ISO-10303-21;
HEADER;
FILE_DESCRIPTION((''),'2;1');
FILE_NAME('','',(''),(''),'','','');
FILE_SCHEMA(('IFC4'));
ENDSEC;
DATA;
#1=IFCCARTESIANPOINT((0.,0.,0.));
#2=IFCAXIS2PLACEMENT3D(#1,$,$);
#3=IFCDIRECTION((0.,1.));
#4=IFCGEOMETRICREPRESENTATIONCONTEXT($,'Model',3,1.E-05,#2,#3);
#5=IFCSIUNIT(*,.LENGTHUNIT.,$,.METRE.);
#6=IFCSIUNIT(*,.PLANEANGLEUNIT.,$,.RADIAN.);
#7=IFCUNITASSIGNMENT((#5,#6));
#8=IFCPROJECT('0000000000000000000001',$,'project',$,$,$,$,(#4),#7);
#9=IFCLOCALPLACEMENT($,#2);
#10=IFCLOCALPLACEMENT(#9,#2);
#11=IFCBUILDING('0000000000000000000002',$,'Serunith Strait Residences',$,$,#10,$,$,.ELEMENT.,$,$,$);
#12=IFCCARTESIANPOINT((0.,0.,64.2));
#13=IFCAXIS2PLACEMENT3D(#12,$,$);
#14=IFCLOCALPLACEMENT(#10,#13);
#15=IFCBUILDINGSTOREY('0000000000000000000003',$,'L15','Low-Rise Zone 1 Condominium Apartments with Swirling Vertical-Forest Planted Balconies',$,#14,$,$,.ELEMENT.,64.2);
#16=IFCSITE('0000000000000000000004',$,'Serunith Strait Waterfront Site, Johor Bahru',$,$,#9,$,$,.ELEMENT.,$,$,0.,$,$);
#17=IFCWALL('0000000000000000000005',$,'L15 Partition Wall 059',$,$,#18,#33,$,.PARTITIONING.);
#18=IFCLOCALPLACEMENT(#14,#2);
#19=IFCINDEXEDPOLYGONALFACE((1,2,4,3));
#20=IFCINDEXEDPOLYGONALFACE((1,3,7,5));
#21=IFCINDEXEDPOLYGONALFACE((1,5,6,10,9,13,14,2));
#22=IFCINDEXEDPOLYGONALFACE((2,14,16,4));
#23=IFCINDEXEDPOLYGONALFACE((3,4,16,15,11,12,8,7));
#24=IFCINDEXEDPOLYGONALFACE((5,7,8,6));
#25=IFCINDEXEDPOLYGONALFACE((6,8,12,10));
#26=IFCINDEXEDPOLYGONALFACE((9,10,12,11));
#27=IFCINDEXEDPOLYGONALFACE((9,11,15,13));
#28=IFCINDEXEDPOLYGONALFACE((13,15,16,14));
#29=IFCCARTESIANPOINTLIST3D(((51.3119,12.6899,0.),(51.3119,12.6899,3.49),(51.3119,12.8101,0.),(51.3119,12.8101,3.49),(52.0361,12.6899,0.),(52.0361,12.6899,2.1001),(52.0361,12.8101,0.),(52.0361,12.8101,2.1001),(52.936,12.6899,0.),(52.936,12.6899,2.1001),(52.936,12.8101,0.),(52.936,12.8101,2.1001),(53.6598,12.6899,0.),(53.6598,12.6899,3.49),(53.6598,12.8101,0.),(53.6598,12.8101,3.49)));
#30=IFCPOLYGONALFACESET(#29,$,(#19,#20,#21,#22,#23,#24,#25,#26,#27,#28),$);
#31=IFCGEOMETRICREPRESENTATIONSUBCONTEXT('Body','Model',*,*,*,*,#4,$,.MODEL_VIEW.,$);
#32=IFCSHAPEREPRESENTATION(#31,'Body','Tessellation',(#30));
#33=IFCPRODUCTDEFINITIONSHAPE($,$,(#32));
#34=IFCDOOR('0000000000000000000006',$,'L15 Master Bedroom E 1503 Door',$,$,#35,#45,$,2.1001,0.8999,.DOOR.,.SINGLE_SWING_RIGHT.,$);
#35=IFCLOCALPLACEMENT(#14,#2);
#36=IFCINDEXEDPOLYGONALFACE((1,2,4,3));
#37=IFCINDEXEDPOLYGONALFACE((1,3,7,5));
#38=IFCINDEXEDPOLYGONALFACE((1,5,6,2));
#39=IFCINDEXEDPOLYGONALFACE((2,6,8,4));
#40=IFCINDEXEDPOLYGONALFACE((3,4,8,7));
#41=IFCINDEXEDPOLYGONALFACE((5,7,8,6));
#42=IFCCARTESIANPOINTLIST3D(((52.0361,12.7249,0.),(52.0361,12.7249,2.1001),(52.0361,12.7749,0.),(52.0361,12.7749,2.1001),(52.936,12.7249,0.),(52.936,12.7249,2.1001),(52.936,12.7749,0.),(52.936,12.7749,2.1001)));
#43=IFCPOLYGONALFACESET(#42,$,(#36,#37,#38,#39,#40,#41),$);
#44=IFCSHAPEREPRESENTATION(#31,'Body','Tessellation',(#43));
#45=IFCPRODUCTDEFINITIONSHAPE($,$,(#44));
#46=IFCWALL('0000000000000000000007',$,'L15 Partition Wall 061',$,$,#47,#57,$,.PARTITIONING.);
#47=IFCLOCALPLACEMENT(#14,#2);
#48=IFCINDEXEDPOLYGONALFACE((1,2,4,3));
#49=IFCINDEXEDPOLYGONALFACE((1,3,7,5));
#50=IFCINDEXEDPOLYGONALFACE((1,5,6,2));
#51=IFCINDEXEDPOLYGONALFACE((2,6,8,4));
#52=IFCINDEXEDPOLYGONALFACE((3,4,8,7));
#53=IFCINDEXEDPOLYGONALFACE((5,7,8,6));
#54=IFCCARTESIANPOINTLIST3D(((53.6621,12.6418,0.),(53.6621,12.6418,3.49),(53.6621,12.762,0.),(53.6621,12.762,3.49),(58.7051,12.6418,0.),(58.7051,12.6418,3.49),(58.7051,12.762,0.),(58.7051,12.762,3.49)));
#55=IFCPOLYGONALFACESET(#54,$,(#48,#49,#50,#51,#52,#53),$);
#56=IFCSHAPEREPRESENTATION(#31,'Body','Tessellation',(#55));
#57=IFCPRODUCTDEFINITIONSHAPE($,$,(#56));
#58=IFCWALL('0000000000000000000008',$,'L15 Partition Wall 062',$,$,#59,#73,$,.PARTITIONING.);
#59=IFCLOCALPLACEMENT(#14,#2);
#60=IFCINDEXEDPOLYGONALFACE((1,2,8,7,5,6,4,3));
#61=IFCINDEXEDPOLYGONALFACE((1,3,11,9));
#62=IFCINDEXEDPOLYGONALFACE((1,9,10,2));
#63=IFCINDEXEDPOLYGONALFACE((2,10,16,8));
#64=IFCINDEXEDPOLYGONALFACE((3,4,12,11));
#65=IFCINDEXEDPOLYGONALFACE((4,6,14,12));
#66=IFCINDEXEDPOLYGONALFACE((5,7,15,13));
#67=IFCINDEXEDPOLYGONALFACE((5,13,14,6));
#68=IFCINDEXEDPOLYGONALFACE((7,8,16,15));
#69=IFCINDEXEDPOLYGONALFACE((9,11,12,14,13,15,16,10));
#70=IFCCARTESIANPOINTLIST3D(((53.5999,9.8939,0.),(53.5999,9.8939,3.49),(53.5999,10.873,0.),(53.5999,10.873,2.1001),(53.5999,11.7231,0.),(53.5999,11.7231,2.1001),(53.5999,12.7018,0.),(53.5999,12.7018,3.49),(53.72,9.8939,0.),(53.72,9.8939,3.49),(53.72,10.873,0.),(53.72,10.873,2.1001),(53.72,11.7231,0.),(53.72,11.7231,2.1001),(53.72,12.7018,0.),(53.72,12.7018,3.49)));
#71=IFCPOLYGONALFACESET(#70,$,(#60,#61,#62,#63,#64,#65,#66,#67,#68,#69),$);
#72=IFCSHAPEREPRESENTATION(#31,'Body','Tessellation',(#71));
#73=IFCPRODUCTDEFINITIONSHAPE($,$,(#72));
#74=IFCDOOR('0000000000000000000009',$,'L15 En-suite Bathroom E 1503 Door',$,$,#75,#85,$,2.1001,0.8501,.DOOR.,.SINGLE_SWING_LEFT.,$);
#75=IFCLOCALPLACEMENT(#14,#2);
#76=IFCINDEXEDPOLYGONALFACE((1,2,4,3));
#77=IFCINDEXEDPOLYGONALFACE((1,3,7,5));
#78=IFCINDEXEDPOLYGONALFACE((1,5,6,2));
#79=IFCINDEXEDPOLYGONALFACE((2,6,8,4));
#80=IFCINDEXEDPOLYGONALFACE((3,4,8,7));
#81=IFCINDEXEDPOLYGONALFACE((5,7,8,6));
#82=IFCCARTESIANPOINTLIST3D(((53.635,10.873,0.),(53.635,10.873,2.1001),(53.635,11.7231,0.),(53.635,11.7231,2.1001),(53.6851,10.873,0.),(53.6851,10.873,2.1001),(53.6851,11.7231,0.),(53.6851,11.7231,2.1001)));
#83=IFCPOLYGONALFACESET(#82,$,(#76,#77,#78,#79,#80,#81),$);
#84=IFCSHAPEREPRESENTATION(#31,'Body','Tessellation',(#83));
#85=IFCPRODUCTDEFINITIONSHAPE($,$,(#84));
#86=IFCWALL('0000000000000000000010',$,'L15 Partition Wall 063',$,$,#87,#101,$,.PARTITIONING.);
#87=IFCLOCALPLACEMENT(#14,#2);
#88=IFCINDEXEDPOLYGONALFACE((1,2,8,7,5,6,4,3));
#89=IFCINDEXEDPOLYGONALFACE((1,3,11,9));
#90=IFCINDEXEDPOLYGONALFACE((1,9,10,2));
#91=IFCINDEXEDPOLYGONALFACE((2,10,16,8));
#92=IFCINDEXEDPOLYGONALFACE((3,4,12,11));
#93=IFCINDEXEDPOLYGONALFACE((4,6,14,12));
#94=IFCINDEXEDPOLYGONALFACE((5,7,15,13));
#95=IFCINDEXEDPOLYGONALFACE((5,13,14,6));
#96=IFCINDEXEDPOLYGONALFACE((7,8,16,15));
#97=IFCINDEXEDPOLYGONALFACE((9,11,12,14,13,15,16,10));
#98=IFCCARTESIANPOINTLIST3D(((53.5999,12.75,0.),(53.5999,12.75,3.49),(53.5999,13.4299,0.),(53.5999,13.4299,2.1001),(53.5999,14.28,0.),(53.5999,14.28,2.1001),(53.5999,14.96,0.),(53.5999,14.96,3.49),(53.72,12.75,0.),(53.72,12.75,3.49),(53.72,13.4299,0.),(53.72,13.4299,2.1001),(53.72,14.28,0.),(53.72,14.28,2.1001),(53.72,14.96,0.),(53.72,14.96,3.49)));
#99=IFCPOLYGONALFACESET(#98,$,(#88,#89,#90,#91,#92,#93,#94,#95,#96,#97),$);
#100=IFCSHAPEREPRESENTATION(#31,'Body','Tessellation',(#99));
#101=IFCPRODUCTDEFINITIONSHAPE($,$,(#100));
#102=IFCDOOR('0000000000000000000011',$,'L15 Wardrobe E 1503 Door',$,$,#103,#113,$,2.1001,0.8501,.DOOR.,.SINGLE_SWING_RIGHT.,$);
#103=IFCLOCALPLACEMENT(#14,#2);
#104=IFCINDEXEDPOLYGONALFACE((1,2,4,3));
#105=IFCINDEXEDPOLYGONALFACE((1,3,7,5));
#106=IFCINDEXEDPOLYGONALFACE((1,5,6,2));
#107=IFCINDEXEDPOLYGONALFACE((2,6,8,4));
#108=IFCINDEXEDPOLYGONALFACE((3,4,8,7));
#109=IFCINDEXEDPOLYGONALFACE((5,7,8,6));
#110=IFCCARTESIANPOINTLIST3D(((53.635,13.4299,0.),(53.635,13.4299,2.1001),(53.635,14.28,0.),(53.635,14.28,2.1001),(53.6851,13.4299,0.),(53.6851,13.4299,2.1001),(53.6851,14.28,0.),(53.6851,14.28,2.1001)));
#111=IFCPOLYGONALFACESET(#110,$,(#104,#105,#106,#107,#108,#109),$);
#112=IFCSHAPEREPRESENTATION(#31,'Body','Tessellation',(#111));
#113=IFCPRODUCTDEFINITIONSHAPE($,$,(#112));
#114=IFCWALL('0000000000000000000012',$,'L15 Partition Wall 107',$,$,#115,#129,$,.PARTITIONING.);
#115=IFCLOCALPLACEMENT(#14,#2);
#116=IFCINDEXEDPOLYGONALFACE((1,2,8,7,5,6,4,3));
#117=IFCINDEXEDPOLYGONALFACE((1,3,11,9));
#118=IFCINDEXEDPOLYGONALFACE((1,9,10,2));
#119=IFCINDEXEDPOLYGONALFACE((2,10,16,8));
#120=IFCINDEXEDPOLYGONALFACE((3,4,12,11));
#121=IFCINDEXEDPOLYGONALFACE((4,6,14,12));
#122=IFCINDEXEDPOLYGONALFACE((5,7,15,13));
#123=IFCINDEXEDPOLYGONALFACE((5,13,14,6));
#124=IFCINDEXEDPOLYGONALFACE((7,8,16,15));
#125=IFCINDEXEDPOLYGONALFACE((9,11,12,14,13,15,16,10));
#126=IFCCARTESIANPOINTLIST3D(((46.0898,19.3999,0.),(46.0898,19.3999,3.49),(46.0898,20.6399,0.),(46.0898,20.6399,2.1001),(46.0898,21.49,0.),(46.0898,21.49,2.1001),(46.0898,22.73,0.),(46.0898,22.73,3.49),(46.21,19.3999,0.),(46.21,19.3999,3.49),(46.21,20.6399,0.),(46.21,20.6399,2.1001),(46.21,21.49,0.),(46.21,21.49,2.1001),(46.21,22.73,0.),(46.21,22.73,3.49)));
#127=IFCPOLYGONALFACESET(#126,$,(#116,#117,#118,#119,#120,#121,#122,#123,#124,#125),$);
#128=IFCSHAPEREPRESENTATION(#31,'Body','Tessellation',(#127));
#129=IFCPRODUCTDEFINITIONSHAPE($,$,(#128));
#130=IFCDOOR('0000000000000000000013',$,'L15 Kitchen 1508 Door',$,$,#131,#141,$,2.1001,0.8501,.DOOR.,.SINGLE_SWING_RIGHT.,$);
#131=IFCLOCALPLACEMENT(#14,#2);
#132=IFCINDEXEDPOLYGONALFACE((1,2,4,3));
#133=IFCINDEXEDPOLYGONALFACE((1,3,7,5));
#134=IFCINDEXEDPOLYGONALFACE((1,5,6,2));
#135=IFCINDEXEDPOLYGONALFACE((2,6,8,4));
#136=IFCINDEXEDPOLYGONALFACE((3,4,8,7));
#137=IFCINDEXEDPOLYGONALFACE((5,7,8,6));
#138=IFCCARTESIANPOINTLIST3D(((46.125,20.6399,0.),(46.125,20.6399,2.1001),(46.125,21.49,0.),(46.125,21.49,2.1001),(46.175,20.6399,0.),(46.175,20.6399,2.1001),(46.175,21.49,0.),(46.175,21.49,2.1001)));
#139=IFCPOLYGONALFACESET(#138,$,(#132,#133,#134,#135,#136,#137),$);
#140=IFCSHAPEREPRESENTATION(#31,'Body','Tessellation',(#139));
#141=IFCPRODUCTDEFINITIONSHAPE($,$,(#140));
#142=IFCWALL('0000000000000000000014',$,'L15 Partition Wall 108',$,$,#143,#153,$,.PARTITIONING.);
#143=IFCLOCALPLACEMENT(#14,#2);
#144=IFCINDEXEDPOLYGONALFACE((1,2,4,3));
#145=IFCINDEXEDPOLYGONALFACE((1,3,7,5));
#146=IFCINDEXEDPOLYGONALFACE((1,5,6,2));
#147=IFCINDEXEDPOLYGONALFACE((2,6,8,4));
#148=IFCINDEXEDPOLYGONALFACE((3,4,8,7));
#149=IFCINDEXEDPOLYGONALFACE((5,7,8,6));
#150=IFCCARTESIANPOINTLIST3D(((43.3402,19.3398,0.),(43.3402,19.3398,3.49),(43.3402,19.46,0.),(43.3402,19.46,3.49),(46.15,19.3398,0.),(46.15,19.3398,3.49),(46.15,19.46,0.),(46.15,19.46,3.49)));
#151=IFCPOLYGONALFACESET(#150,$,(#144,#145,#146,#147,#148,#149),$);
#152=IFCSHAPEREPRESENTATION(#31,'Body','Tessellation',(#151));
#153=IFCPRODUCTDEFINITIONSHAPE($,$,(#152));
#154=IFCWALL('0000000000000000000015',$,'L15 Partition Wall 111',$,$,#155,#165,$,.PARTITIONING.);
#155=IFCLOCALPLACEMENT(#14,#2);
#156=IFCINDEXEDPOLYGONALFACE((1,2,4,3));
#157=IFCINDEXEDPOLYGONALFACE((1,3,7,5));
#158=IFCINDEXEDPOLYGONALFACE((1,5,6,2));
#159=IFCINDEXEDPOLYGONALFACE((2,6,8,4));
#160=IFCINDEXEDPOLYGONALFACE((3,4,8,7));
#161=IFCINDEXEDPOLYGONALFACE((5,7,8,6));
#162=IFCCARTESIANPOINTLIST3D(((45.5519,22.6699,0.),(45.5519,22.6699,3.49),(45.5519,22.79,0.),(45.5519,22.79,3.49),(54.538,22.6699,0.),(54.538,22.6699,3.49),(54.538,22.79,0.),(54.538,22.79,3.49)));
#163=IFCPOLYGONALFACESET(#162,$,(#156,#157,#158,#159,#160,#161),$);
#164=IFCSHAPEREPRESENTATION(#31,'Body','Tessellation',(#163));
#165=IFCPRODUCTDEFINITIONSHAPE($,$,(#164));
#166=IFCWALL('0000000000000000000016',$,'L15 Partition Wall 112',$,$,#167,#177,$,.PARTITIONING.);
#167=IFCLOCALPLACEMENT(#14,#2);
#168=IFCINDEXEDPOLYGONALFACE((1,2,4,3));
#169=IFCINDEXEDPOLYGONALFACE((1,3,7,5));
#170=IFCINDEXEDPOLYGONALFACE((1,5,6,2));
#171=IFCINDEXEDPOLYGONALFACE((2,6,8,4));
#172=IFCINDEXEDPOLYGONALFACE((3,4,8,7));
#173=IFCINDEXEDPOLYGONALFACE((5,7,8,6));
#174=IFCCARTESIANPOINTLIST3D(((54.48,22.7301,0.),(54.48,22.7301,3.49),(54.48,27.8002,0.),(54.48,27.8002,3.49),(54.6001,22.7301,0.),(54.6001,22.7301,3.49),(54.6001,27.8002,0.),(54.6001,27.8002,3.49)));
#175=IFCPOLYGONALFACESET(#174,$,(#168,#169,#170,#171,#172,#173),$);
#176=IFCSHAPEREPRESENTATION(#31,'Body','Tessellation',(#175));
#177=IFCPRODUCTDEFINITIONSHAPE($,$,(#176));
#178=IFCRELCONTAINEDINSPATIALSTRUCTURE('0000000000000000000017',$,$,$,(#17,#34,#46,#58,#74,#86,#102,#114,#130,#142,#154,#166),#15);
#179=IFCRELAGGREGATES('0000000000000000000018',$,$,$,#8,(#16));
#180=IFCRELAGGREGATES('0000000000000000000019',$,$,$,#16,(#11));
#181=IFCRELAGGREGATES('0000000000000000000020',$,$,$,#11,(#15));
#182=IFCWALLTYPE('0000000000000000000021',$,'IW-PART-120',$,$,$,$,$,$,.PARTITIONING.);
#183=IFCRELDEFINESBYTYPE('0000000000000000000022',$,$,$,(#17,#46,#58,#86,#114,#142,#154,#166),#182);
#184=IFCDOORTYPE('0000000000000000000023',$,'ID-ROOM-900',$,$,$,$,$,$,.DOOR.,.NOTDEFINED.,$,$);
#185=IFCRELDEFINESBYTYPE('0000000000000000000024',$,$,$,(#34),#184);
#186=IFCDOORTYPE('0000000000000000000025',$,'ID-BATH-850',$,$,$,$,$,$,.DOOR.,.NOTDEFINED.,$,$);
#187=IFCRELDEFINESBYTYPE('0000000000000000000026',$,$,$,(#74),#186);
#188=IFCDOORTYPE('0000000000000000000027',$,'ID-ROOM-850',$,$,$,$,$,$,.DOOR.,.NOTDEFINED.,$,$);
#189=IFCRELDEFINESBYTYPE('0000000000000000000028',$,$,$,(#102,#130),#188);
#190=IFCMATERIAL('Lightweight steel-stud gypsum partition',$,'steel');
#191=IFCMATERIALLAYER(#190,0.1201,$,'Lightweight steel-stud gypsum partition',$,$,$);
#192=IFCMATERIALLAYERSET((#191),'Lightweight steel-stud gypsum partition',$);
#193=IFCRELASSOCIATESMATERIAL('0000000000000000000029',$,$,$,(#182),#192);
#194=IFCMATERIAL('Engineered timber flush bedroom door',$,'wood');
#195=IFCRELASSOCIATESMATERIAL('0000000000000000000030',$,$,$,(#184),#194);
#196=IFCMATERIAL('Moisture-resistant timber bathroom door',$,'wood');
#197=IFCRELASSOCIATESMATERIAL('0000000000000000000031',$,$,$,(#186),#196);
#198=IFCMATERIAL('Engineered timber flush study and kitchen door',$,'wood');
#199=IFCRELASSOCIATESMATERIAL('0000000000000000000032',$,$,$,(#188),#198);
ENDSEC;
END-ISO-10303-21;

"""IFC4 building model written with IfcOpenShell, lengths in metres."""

from ifc_helpers import new_model, si_unit, direction, frame, frame_2d, origin, place, context, subcontext, project, spatial, rectangle, extrude, source, transform, mapped, material, layer, layer_set, type_object, element, fill, save


model = new_model("IFC4")

# Units and contexts
model_context = context("Model", 3, precision=1e-05, world=origin(), true_north=direction((0.0, 1.0)))
body_context = subcontext(model_context, "Body", "Model", "MODEL_VIEW")
ifc_project = project(units=[si_unit("LENGTHUNIT", "METRE"), si_unit("PLANEANGLEUNIT", "RADIAN")], contexts=[model_context])

# Site, building, storey
site_placement = place(None, origin())
site = spatial("IfcSite", under=ifc_project, at=site_placement, Name="Serunith Strait Waterfront Site, Johor Bahru", CompositionType="ELEMENT", RefElevation=0.0)
building_placement = place(site_placement, origin())
building = spatial("IfcBuilding", under=site, at=building_placement, Name="Serunith Strait Residences", CompositionType="ELEMENT")
storey_placement = place(building_placement, frame((0.0, 0.0, 64.2)))
storey = spatial("IfcBuildingStorey", under=building, at=storey_placement, Name="L15", Description="Low-Rise Zone 1 Condominium Apartments with Swirling Vertical-Forest Planted Balconies", CompositionType="ELEMENT", Elevation=64.2)

# Wall, opening, door
ifc_material_1 = material(Name="Lightweight steel-stud gypsum partition", Category="steel")
ifc_layer = layer(ifc_material_1, 0.1201, Name="Lightweight steel-stud gypsum partition")
ifc_layer_set = layer_set([ifc_layer], Name="Lightweight steel-stud gypsum partition")
wall_type = type_object("IfcWallType", Name="IW-PART-120", PredefinedType="PARTITIONING", material=ifc_layer_set)
ifc_material_2 = material(Name="Engineered timber flush bedroom door", Category="wood")
door_type_1 = type_object("IfcDoorType", Name="ID-ROOM-900", OperationType="NOTDEFINED", PredefinedType="DOOR", material=ifc_material_2)
shared_shape_1 = source(origin(), body_context, "Body", "SweptSolid", [
    extrude(rectangle(XDim=0.8999, YDim=2.1001, at=frame_2d((0.45, 1.05))), frame((0.0, 0.0249, 0.0), z_axis=(0.0, -1.0, 0.0), x_axis=(1.0, 0.0, 0.0)), (0.0, 0.0, 1.0), 0.05),
])
ifc_material_3 = material(Name="Moisture-resistant timber bathroom door", Category="wood")
door_type_2 = type_object("IfcDoorType", Name="ID-BATH-850", OperationType="NOTDEFINED", PredefinedType="DOOR", material=ifc_material_3)
shared_shape_2 = source(origin(), body_context, "Body", "SweptSolid", [
    extrude(rectangle(XDim=0.8501, YDim=2.1001, at=frame_2d((0.425, 1.05))), frame((0.0, 0.0249, 0.0), z_axis=(0.0, -1.0, 0.0), x_axis=(1.0, 0.0, 0.0)), (0.0, 0.0, 1.0), 0.05),
])
ifc_material_4 = material(Name="Engineered timber flush study and kitchen door", Category="wood")
door_type_3 = type_object("IfcDoorType", Name="ID-ROOM-850", OperationType="NOTDEFINED", PredefinedType="DOOR", material=ifc_material_4)
wall_1_placement = place(storey_placement, frame((51.312, 12.75, 0.0), z_axis=(0.0, 0.0, 1.0), x_axis=(1.0, 0.0, 0.0)))
wall_1 = element("IfcWall", 1, at=wall_1_placement, inside=storey, type_object=wall_type, Name="L15 Partition Wall 059", PredefinedType="PARTITIONING", context=body_context, shape_type="SweptSolid", body=[
    extrude(rectangle(XDim=2.3479, YDim=0.1201, at=frame_2d((1.1738, 0.0))), origin(), (0.0, 0.0, 1.0), 3.49),
])
opening_1_placement = place(wall_1_placement, frame((0.7241, 0.0, 0.0)))
opening_1 = element("IfcOpeningElement", 2, at=opening_1_placement, cuts=wall_1, PredefinedType="OPENING", context=body_context, shape_type="SweptSolid", body=[
    extrude(rectangle(XDim=0.8999, YDim=2.1001, at=frame_2d((0.45, 1.05))), frame((0.0, 0.0701, 0.0), z_axis=(0.0, -1.0, 0.0), x_axis=(1.0, 0.0, 0.0)), (0.0, 0.0, 1.0), 0.1401),
])
door_1_placement = place(opening_1_placement, origin())
door_1 = element("IfcDoor", 3, at=door_1_placement, inside=storey, type_object=door_type_1, Name="L15 Master Bedroom E 1503 Door", OperationType="SINGLE_SWING_RIGHT", OverallHeight=2.1001, OverallWidth=0.8999, PredefinedType="DOOR", context=body_context, shape_type="MappedRepresentation", body=[
    mapped(shared_shape_1, transform((0.0, 0.0, 0.0), scale=1.0)),
])
fill(opening_1, door_1)

# Wall
wall_2_placement = place(storey_placement, frame((53.6621, 12.7019, 0.0), z_axis=(0.0, 0.0, 1.0), x_axis=(1.0, 0.0, 0.0)))
element("IfcWall", 4, at=wall_2_placement, inside=storey, type_object=wall_type, Name="L15 Partition Wall 061", PredefinedType="PARTITIONING", context=body_context, shape_type="SweptSolid", body=[
    extrude(rectangle(XDim=5.043, YDim=0.1201, at=frame_2d((2.5215, 0.0))), origin(), (0.0, 0.0, 1.0), 3.49),
])

# Walls, openings, doors
wall_3_placement = place(storey_placement, frame((53.6599, 9.894, 0.0), z_axis=(0.0, 0.0, 1.0), x_axis=(0.0, 1.0, 0.0)))
wall_3 = element("IfcWall", 5, at=wall_3_placement, inside=storey, type_object=wall_type, Name="L15 Partition Wall 062", PredefinedType="PARTITIONING", context=body_context, shape_type="SweptSolid", body=[
    extrude(rectangle(XDim=2.8079, YDim=0.1201, at=frame_2d((1.4038, 0.0))), origin(), (0.0, 0.0, 1.0), 3.49),
])
opening_2_placement = place(wall_3_placement, frame((0.979, 0.0, 0.0)))
opening_2 = element("IfcOpeningElement", 6, at=opening_2_placement, cuts=wall_3, PredefinedType="OPENING", context=body_context, shape_type="SweptSolid", body=[
    extrude(rectangle(XDim=0.8501, YDim=2.1001, at=frame_2d((0.425, 1.05))), frame((0.0, 0.0701, 0.0), z_axis=(0.0, -1.0, 0.0), x_axis=(1.0, 0.0, 0.0)), (0.0, 0.0, 1.0), 0.1401),
])
door_2_placement = place(opening_2_placement, origin())
door_2 = element("IfcDoor", 7, at=door_2_placement, inside=storey, type_object=door_type_2, Name="L15 En-suite Bathroom E 1503 Door", OperationType="SINGLE_SWING_LEFT", OverallHeight=2.1001, OverallWidth=0.8501, PredefinedType="DOOR", context=body_context, shape_type="MappedRepresentation", body=[
    mapped(shared_shape_2, transform((0.0, 0.0, 0.0), scale=1.0)),
])
fill(opening_2, door_2)
wall_4_placement = place(storey_placement, frame((53.6599, 12.75, 0.0), z_axis=(0.0, 0.0, 1.0), x_axis=(0.0, 1.0, 0.0)))
wall_4 = element("IfcWall", 8, at=wall_4_placement, inside=storey, type_object=wall_type, Name="L15 Partition Wall 063", PredefinedType="PARTITIONING", context=body_context, shape_type="SweptSolid", body=[
    extrude(rectangle(XDim=2.21, YDim=0.1201, at=frame_2d((1.105, 0.0))), origin(), (0.0, 0.0, 1.0), 3.49),
])
opening_3_placement = place(wall_4_placement, frame((0.6799, 0.0, 0.0)))
opening_3 = element("IfcOpeningElement", 9, at=opening_3_placement, cuts=wall_4, PredefinedType="OPENING", context=body_context, shape_type="SweptSolid", body=[
    extrude(rectangle(XDim=0.8501, YDim=2.1001, at=frame_2d((0.425, 1.05))), frame((0.0, 0.0701, 0.0), z_axis=(0.0, -1.0, 0.0), x_axis=(1.0, 0.0, 0.0)), (0.0, 0.0, 1.0), 0.1401),
])
door_3_placement = place(opening_3_placement, origin())
door_3 = element("IfcDoor", 10, at=door_3_placement, inside=storey, type_object=door_type_3, Name="L15 Wardrobe E 1503 Door", OperationType="SINGLE_SWING_RIGHT", OverallHeight=2.1001, OverallWidth=0.8501, PredefinedType="DOOR", context=body_context, shape_type="MappedRepresentation", body=[
    mapped(shared_shape_2, transform((0.0, 0.0, 0.0), scale=1.0)),
])
fill(opening_3, door_3)
wall_5_placement = place(storey_placement, frame((46.1499, 19.3999, 0.0), z_axis=(0.0, 0.0, 1.0), x_axis=(0.0, 1.0, 0.0)))
wall_5 = element("IfcWall", 11, at=wall_5_placement, inside=storey, type_object=wall_type, Name="L15 Partition Wall 107", PredefinedType="PARTITIONING", context=body_context, shape_type="SweptSolid", body=[
    extrude(rectangle(XDim=3.3301, YDim=0.1201, at=frame_2d((1.665, 0.0))), origin(), (0.0, 0.0, 1.0), 3.49),
])
opening_4_placement = place(wall_5_placement, frame((1.24, 0.0, 0.0)))
opening_4 = element("IfcOpeningElement", 12, at=opening_4_placement, cuts=wall_5, PredefinedType="OPENING", context=body_context, shape_type="SweptSolid", body=[
    extrude(rectangle(XDim=0.8501, YDim=2.1001, at=frame_2d((0.425, 1.05))), frame((0.0, 0.0701, 0.0), z_axis=(0.0, -1.0, 0.0), x_axis=(1.0, 0.0, 0.0)), (0.0, 0.0, 1.0), 0.1401),
])
door_4_placement = place(opening_4_placement, origin())
door_4 = element("IfcDoor", 13, at=door_4_placement, inside=storey, type_object=door_type_3, Name="L15 Kitchen 1508 Door", OperationType="SINGLE_SWING_RIGHT", OverallHeight=2.1001, OverallWidth=0.8501, PredefinedType="DOOR", context=body_context, shape_type="MappedRepresentation", body=[
    mapped(shared_shape_2, transform((0.0, 0.0, 0.0), scale=1.0)),
])
fill(opening_4, door_4)

# Walls
wall_6_placement = place(storey_placement, frame((46.1499, 19.3999, 0.0), z_axis=(0.0, 0.0, 1.0), x_axis=(-1.0, 0.0, 0.0)))
element("IfcWall", 14, at=wall_6_placement, inside=storey, type_object=wall_type, Name="L15 Partition Wall 108", PredefinedType="PARTITIONING", context=body_context, shape_type="SweptSolid", body=[
    extrude(rectangle(XDim=2.8098, YDim=0.1201, at=frame_2d((1.4048, 0.0))), origin(), (0.0, 0.0, 1.0), 3.49),
])
wall_7_placement = place(storey_placement, frame((54.5381, 22.73, 0.0), z_axis=(0.0, 0.0, 1.0), x_axis=(-1.0, 0.0, 0.0)))
element("IfcWall", 15, at=wall_7_placement, inside=storey, type_object=wall_type, Name="L15 Partition Wall 111", PredefinedType="PARTITIONING", context=body_context, shape_type="SweptSolid", body=[
    extrude(rectangle(XDim=8.9861, YDim=0.1201, at=frame_2d((4.4932, 0.0))), origin(), (0.0, 0.0, 1.0), 3.49),
])
wall_8_placement = place(storey_placement, frame((54.54, 22.73, 0.0), z_axis=(0.0, 0.0, 1.0), x_axis=(0.0, 1.0, 0.0)))
element("IfcWall", 16, at=wall_8_placement, inside=storey, type_object=wall_type, Name="L15 Partition Wall 112", PredefinedType="PARTITIONING", context=body_context, shape_type="SweptSolid", body=[
    extrude(rectangle(XDim=5.0701, YDim=0.1201, at=frame_2d((2.5352, 0.0))), origin(), (0.0, 0.0, 1.0), 3.49),
])

save(model, "model.ifc")
